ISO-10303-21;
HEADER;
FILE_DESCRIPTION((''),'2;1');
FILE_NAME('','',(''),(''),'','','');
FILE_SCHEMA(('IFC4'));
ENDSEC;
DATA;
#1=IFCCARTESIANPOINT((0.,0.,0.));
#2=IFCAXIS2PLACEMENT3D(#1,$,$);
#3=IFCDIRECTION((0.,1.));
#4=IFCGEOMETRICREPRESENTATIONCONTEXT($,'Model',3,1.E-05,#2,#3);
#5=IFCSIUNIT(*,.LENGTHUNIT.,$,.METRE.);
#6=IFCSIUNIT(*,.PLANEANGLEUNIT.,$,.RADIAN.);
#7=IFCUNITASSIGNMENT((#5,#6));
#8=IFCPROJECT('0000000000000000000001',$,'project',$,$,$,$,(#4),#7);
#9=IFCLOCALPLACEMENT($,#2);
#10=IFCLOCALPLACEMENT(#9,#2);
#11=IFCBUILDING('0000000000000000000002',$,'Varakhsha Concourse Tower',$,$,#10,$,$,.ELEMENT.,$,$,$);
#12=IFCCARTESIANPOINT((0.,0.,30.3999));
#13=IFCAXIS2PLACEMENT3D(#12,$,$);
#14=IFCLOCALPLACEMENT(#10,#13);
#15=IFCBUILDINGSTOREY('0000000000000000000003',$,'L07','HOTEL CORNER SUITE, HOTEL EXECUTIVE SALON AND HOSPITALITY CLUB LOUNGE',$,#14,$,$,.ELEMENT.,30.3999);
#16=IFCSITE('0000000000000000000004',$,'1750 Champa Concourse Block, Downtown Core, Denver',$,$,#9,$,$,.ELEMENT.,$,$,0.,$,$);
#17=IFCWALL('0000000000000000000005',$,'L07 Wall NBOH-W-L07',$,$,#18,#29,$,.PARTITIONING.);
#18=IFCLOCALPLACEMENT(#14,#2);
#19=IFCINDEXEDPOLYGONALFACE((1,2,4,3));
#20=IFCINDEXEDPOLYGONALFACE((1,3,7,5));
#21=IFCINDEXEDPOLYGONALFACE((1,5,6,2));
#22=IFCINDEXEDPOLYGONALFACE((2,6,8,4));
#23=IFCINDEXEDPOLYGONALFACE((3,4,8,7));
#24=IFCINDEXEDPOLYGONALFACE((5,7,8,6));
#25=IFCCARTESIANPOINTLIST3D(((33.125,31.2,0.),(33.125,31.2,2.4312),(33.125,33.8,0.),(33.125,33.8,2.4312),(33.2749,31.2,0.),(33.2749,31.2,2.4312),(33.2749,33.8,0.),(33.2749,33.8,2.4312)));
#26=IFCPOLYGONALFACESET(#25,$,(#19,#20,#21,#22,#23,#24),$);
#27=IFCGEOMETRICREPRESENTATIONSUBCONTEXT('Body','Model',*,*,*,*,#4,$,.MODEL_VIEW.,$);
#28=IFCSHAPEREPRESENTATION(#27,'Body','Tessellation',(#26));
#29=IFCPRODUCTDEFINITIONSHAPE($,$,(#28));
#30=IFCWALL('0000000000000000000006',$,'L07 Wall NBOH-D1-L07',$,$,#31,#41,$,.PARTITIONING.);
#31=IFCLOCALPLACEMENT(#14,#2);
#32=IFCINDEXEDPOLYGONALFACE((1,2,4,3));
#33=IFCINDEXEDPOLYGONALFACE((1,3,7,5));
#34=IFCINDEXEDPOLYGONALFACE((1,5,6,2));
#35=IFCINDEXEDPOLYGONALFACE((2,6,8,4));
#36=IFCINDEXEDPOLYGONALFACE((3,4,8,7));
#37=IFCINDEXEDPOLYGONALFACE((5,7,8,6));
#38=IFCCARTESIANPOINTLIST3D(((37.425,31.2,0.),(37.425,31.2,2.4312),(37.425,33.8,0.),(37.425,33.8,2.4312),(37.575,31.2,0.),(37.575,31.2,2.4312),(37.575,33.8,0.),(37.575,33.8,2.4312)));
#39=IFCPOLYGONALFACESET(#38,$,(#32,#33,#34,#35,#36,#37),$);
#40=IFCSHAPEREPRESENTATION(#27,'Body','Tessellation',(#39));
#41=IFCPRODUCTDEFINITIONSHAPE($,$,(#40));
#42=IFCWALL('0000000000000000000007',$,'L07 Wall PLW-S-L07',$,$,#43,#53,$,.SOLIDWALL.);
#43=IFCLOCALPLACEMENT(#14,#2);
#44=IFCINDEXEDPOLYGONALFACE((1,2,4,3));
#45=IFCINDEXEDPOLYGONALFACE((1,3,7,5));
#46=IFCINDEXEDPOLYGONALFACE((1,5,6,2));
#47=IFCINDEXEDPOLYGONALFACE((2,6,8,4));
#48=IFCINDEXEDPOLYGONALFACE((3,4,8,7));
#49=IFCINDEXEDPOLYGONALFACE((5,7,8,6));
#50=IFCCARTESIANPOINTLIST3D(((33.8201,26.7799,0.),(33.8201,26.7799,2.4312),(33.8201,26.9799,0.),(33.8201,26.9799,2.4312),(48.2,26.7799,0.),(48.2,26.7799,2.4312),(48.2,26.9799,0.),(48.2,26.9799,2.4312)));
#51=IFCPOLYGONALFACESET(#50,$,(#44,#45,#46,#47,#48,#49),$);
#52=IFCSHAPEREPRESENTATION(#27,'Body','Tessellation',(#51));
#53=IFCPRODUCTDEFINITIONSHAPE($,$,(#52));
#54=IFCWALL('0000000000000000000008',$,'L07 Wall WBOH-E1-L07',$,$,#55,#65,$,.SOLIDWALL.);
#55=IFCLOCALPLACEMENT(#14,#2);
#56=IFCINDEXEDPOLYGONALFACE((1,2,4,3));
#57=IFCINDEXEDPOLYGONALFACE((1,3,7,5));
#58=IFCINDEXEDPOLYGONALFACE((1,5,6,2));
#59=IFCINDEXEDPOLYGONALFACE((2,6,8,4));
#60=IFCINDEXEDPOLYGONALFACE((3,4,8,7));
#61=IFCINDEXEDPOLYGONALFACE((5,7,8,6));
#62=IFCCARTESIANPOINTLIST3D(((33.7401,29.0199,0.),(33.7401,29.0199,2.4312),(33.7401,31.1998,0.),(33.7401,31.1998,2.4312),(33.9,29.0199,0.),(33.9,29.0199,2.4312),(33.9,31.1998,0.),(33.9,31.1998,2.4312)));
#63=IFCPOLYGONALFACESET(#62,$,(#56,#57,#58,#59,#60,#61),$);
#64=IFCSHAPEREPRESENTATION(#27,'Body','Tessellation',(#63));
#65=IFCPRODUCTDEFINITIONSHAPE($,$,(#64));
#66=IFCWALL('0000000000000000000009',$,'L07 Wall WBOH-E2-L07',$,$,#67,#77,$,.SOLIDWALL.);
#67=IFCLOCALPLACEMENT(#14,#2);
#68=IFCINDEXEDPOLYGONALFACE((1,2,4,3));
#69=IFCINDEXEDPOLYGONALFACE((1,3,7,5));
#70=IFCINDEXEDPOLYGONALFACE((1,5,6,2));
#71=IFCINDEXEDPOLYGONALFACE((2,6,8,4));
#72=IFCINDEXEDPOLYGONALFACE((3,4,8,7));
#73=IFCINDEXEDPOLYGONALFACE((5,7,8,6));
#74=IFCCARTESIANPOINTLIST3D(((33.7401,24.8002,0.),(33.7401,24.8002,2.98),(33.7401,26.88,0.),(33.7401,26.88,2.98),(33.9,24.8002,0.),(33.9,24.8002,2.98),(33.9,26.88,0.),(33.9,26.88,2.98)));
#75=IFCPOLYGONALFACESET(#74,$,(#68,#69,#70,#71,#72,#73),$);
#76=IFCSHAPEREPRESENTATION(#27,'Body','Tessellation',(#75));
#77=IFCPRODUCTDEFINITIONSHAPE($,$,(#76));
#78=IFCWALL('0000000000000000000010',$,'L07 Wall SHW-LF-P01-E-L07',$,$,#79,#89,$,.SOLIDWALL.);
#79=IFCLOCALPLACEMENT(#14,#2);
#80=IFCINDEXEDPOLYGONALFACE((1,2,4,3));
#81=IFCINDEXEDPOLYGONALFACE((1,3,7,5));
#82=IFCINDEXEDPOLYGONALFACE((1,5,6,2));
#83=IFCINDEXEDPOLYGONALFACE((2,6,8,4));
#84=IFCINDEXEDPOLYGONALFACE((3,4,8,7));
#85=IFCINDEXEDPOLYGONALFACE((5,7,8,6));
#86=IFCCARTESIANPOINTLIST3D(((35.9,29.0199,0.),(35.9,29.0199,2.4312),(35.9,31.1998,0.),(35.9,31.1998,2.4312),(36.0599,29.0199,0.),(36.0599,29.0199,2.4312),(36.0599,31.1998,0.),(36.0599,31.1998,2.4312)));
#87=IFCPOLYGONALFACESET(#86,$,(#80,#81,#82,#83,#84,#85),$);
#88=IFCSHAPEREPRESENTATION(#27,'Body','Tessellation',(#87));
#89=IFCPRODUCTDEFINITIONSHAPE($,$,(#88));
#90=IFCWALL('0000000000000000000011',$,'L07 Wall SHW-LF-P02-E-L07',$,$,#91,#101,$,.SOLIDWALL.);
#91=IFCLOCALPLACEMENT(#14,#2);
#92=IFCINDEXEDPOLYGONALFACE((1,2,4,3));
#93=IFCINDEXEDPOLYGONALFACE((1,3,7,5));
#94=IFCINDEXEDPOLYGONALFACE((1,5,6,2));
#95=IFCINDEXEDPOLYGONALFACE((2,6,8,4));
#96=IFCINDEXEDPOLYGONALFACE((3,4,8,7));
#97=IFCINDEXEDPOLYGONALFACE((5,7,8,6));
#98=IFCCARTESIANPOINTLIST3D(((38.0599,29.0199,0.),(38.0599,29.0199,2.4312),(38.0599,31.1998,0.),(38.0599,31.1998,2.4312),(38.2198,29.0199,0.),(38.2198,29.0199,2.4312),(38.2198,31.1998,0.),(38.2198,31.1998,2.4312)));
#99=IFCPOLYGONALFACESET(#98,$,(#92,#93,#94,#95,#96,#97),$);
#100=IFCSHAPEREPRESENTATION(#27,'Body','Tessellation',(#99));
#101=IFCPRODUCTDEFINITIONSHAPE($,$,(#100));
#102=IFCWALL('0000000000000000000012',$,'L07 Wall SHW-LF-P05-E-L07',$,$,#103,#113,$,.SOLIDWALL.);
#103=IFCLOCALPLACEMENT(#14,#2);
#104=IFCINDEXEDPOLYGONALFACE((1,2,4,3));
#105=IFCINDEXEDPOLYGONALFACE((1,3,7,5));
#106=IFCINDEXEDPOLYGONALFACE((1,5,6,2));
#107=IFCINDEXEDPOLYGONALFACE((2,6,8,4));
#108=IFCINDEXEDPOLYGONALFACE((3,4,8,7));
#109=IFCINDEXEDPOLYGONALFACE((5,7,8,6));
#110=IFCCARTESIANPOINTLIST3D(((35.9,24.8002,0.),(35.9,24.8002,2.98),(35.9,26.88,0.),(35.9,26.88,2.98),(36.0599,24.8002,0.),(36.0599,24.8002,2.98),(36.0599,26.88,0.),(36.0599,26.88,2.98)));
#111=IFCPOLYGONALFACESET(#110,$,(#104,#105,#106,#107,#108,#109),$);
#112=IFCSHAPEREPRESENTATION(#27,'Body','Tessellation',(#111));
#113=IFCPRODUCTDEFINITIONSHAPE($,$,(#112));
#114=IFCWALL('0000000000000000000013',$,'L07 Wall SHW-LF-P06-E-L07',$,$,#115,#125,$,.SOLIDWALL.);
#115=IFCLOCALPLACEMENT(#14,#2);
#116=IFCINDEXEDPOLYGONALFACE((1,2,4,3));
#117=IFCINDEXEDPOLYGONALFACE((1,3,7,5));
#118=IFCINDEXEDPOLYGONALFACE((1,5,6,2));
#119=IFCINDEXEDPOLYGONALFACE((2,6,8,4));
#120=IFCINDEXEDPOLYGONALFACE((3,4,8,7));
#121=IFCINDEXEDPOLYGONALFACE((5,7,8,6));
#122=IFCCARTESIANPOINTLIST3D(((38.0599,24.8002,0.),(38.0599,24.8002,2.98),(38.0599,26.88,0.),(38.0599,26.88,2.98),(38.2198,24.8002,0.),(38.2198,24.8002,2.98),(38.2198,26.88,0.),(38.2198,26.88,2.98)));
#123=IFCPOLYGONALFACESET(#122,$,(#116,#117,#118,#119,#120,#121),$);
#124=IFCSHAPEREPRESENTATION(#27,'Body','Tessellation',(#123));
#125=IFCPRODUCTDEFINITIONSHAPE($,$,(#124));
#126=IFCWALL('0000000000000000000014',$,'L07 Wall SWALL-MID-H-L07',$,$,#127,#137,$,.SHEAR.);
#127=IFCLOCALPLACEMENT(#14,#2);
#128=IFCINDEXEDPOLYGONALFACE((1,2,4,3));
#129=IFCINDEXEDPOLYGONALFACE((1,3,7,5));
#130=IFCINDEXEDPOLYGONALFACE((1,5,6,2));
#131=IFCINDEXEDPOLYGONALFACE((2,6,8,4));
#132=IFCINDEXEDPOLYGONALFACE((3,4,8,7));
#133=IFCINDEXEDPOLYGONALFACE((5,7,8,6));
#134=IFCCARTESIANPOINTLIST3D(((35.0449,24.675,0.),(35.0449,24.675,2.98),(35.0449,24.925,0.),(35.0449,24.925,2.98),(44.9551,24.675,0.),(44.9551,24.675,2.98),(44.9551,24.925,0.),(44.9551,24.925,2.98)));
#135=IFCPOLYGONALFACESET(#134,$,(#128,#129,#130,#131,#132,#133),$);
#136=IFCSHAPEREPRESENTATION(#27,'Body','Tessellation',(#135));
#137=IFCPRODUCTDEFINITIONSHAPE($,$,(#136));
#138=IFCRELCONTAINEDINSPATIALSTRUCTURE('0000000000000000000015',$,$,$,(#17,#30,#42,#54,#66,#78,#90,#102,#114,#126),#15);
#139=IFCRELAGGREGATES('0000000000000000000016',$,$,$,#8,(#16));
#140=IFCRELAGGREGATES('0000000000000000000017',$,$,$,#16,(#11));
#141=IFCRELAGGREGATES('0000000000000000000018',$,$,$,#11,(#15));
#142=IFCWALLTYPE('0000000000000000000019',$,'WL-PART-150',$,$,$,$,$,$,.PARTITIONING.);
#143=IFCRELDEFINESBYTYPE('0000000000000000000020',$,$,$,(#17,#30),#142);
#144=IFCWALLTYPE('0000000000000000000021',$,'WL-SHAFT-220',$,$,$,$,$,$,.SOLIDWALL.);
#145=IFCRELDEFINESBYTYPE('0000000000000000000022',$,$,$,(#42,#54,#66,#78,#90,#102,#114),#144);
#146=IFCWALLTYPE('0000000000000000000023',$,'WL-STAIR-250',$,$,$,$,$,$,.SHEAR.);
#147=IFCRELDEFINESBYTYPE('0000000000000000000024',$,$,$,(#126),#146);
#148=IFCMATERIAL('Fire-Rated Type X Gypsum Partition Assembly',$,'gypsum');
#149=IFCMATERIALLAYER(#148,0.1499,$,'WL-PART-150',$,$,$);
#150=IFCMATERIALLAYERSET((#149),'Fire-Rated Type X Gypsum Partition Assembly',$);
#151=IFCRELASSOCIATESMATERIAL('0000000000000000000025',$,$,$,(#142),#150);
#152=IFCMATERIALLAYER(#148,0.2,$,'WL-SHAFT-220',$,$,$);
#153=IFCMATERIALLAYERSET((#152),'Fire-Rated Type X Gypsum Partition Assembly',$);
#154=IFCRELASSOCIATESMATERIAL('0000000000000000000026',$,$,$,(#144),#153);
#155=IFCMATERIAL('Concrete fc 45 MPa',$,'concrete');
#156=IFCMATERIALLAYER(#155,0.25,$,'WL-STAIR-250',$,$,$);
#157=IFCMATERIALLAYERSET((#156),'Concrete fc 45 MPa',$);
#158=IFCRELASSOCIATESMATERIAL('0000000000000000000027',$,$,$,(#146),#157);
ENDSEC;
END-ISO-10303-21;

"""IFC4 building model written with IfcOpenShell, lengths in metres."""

from ifc_helpers import new_model, si_unit, direction, frame, frame_2d, origin, place, context, subcontext, project, spatial, rectangle, extrude, material, layer, layer_set, type_object, element, save


model = new_model("IFC4")

# Units and contexts
model_context = context("Model", 3, precision=1e-05, world=origin(), true_north=direction((0.0, 1.0)))
body_context = subcontext(model_context, "Body", "Model", "MODEL_VIEW")
ifc_project = project(units=[si_unit("LENGTHUNIT", "METRE"), si_unit("PLANEANGLEUNIT", "RADIAN")], contexts=[model_context])

# Site, building, storey
site_placement = place(None, origin())
site = spatial("IfcSite", under=ifc_project, at=site_placement, Name="1750 Champa Concourse Block, Downtown Core, Denver", CompositionType="ELEMENT", RefElevation=0.0)
building_placement = place(site_placement, origin())
building = spatial("IfcBuilding", under=site, at=building_placement, Name="Varakhsha Concourse Tower", CompositionType="ELEMENT")
storey_placement = place(building_placement, frame((0.0, 0.0, 30.3999)))
storey = spatial("IfcBuildingStorey", under=building, at=storey_placement, Name="L07", Description="HOTEL CORNER SUITE, HOTEL EXECUTIVE SALON AND HOSPITALITY CLUB LOUNGE", CompositionType="ELEMENT", Elevation=30.3999)

# Shared definitions
ifc_material_1 = material(Name="Fire-Rated Type X Gypsum Partition Assembly", Category="gypsum")
ifc_layer_1 = layer(ifc_material_1, 0.1499, Name="WL-PART-150")
ifc_layer_set_1 = layer_set([ifc_layer_1], Name="Fire-Rated Type X Gypsum Partition Assembly")
wall_type_1 = type_object("IfcWallType", Name="WL-PART-150", PredefinedType="PARTITIONING", material=ifc_layer_set_1)

# Walls
for number, where, z_axis, x_axis, name in (
    (1, (33.2, 31.2, 0.0), (0.0, 0.0, 1.0), (0.0, 1.0, 0.0), "L07 Wall NBOH-W-L07"),
    (2, (37.5, 31.2, 0.0), (0.0, 0.0, 1.0), (0.0, 1.0, 0.0), "L07 Wall NBOH-D1-L07"),
):
    element("IfcWall", number, at=place(storey_placement, frame(where, z_axis=z_axis, x_axis=x_axis)), inside=storey, type_object=wall_type_1, Name=name, PredefinedType="PARTITIONING", context=body_context, shape_type="SweptSolid", body=[
        extrude(rectangle(XDim=2.6001, YDim=0.1499, at=frame_2d((1.3, 0.0))), origin(), (0.0, 0.0, 1.0), 2.4312),
    ])
ifc_layer_2 = layer(ifc_material_1, 0.2, Name="WL-SHAFT-220")
ifc_layer_set_2 = layer_set([ifc_layer_2], Name="Fire-Rated Type X Gypsum Partition Assembly")
wall_type_2 = type_object("IfcWallType", Name="WL-SHAFT-220", PredefinedType="SOLIDWALL", material=ifc_layer_set_2)
wall_1_placement = place(storey_placement, frame((33.8201, 26.8799, 0.0), z_axis=(0.0, 0.0, 1.0), x_axis=(1.0, 0.0, 0.0)))
element("IfcWall", 3, at=wall_1_placement, inside=storey, type_object=wall_type_2, Name="L07 Wall PLW-S-L07", PredefinedType="SOLIDWALL", context=body_context, shape_type="SweptSolid", body=[
    extrude(rectangle(XDim=14.3799, YDim=0.2, at=frame_2d((7.1899, 0.0))), origin(), (0.0, 0.0, 1.0), 2.4312),
])
wall_2_placement = place(storey_placement, frame((33.8201, 29.02, 0.0), z_axis=(0.0, 0.0, 1.0), x_axis=(0.0, 1.0, 0.0)))
element("IfcWall", 4, at=wall_2_placement, inside=storey, type_object=wall_type_2, Name="L07 Wall WBOH-E1-L07", PredefinedType="SOLIDWALL", context=body_context, shape_type="SweptSolid", body=[
    extrude(rectangle(XDim=2.1799, YDim=0.1599, at=frame_2d((1.0898, 0.0))), origin(), (0.0, 0.0, 1.0), 2.4312),
])
wall_3_placement = place(storey_placement, frame((33.8201, 24.8, 0.0), z_axis=(0.0, 0.0, 1.0), x_axis=(0.0, 1.0, 0.0)))
element("IfcWall", 5, at=wall_3_placement, inside=storey, type_object=wall_type_2, Name="L07 Wall WBOH-E2-L07", PredefinedType="SOLIDWALL", context=body_context, shape_type="SweptSolid", body=[
    extrude(rectangle(XDim=2.0798, YDim=0.1599, at=frame_2d((1.04, 0.0))), origin(), (0.0, 0.0, 1.0), 2.98),
])
for number, where, z_axis, x_axis, name in (
    (6, (35.98, 29.02, 0.0), (0.0, 0.0, 1.0), (0.0, 1.0, 0.0), "L07 Wall SHW-LF-P01-E-L07"),
    (7, (38.1399, 29.02, 0.0), (0.0, 0.0, 1.0), (0.0, 1.0, 0.0), "L07 Wall SHW-LF-P02-E-L07"),
):
    element("IfcWall", number, at=place(storey_placement, frame(where, z_axis=z_axis, x_axis=x_axis)), inside=storey, type_object=wall_type_2, Name=name, PredefinedType="SOLIDWALL", context=body_context, shape_type="SweptSolid", body=[
        extrude(rectangle(XDim=2.1799, YDim=0.1599, at=frame_2d((1.0898, 0.0))), origin(), (0.0, 0.0, 1.0), 2.4312),
    ])
for number, where, z_axis, x_axis, name in (
    (8, (35.98, 24.8, 0.0), (0.0, 0.0, 1.0), (0.0, 1.0, 0.0), "L07 Wall SHW-LF-P05-E-L07"),
    (9, (38.1399, 24.8, 0.0), (0.0, 0.0, 1.0), (0.0, 1.0, 0.0), "L07 Wall SHW-LF-P06-E-L07"),
):
    element("IfcWall", number, at=place(storey_placement, frame(where, z_axis=z_axis, x_axis=x_axis)), inside=storey, type_object=wall_type_2, Name=name, PredefinedType="SOLIDWALL", context=body_context, shape_type="SweptSolid", body=[
        extrude(rectangle(XDim=2.0798, YDim=0.1599, at=frame_2d((1.04, 0.0))), origin(), (0.0, 0.0, 1.0), 2.98),
    ])
ifc_material_2 = material(Name="Concrete fc 45 MPa", Category="concrete")
ifc_layer_3 = layer(ifc_material_2, 0.25, Name="WL-STAIR-250")
ifc_layer_set_3 = layer_set([ifc_layer_3], Name="Concrete fc 45 MPa")
wall_type_3 = type_object("IfcWallType", Name="WL-STAIR-250", PredefinedType="SHEAR", material=ifc_layer_set_3)
wall_4_placement = place(storey_placement, frame((35.0449, 24.8, 0.0), z_axis=(0.0, 0.0, 1.0), x_axis=(1.0, 0.0, 0.0)))
element("IfcWall", 10, at=wall_4_placement, inside=storey, type_object=wall_type_3, Name="L07 Wall SWALL-MID-H-L07", PredefinedType="SHEAR", context=body_context, shape_type="SweptSolid", body=[
    extrude(rectangle(XDim=9.9102, YDim=0.25, at=frame_2d((4.9551, 0.0))), origin(), (0.0, 0.0, 1.0), 2.98),
])

save(model, "model.ifc")
